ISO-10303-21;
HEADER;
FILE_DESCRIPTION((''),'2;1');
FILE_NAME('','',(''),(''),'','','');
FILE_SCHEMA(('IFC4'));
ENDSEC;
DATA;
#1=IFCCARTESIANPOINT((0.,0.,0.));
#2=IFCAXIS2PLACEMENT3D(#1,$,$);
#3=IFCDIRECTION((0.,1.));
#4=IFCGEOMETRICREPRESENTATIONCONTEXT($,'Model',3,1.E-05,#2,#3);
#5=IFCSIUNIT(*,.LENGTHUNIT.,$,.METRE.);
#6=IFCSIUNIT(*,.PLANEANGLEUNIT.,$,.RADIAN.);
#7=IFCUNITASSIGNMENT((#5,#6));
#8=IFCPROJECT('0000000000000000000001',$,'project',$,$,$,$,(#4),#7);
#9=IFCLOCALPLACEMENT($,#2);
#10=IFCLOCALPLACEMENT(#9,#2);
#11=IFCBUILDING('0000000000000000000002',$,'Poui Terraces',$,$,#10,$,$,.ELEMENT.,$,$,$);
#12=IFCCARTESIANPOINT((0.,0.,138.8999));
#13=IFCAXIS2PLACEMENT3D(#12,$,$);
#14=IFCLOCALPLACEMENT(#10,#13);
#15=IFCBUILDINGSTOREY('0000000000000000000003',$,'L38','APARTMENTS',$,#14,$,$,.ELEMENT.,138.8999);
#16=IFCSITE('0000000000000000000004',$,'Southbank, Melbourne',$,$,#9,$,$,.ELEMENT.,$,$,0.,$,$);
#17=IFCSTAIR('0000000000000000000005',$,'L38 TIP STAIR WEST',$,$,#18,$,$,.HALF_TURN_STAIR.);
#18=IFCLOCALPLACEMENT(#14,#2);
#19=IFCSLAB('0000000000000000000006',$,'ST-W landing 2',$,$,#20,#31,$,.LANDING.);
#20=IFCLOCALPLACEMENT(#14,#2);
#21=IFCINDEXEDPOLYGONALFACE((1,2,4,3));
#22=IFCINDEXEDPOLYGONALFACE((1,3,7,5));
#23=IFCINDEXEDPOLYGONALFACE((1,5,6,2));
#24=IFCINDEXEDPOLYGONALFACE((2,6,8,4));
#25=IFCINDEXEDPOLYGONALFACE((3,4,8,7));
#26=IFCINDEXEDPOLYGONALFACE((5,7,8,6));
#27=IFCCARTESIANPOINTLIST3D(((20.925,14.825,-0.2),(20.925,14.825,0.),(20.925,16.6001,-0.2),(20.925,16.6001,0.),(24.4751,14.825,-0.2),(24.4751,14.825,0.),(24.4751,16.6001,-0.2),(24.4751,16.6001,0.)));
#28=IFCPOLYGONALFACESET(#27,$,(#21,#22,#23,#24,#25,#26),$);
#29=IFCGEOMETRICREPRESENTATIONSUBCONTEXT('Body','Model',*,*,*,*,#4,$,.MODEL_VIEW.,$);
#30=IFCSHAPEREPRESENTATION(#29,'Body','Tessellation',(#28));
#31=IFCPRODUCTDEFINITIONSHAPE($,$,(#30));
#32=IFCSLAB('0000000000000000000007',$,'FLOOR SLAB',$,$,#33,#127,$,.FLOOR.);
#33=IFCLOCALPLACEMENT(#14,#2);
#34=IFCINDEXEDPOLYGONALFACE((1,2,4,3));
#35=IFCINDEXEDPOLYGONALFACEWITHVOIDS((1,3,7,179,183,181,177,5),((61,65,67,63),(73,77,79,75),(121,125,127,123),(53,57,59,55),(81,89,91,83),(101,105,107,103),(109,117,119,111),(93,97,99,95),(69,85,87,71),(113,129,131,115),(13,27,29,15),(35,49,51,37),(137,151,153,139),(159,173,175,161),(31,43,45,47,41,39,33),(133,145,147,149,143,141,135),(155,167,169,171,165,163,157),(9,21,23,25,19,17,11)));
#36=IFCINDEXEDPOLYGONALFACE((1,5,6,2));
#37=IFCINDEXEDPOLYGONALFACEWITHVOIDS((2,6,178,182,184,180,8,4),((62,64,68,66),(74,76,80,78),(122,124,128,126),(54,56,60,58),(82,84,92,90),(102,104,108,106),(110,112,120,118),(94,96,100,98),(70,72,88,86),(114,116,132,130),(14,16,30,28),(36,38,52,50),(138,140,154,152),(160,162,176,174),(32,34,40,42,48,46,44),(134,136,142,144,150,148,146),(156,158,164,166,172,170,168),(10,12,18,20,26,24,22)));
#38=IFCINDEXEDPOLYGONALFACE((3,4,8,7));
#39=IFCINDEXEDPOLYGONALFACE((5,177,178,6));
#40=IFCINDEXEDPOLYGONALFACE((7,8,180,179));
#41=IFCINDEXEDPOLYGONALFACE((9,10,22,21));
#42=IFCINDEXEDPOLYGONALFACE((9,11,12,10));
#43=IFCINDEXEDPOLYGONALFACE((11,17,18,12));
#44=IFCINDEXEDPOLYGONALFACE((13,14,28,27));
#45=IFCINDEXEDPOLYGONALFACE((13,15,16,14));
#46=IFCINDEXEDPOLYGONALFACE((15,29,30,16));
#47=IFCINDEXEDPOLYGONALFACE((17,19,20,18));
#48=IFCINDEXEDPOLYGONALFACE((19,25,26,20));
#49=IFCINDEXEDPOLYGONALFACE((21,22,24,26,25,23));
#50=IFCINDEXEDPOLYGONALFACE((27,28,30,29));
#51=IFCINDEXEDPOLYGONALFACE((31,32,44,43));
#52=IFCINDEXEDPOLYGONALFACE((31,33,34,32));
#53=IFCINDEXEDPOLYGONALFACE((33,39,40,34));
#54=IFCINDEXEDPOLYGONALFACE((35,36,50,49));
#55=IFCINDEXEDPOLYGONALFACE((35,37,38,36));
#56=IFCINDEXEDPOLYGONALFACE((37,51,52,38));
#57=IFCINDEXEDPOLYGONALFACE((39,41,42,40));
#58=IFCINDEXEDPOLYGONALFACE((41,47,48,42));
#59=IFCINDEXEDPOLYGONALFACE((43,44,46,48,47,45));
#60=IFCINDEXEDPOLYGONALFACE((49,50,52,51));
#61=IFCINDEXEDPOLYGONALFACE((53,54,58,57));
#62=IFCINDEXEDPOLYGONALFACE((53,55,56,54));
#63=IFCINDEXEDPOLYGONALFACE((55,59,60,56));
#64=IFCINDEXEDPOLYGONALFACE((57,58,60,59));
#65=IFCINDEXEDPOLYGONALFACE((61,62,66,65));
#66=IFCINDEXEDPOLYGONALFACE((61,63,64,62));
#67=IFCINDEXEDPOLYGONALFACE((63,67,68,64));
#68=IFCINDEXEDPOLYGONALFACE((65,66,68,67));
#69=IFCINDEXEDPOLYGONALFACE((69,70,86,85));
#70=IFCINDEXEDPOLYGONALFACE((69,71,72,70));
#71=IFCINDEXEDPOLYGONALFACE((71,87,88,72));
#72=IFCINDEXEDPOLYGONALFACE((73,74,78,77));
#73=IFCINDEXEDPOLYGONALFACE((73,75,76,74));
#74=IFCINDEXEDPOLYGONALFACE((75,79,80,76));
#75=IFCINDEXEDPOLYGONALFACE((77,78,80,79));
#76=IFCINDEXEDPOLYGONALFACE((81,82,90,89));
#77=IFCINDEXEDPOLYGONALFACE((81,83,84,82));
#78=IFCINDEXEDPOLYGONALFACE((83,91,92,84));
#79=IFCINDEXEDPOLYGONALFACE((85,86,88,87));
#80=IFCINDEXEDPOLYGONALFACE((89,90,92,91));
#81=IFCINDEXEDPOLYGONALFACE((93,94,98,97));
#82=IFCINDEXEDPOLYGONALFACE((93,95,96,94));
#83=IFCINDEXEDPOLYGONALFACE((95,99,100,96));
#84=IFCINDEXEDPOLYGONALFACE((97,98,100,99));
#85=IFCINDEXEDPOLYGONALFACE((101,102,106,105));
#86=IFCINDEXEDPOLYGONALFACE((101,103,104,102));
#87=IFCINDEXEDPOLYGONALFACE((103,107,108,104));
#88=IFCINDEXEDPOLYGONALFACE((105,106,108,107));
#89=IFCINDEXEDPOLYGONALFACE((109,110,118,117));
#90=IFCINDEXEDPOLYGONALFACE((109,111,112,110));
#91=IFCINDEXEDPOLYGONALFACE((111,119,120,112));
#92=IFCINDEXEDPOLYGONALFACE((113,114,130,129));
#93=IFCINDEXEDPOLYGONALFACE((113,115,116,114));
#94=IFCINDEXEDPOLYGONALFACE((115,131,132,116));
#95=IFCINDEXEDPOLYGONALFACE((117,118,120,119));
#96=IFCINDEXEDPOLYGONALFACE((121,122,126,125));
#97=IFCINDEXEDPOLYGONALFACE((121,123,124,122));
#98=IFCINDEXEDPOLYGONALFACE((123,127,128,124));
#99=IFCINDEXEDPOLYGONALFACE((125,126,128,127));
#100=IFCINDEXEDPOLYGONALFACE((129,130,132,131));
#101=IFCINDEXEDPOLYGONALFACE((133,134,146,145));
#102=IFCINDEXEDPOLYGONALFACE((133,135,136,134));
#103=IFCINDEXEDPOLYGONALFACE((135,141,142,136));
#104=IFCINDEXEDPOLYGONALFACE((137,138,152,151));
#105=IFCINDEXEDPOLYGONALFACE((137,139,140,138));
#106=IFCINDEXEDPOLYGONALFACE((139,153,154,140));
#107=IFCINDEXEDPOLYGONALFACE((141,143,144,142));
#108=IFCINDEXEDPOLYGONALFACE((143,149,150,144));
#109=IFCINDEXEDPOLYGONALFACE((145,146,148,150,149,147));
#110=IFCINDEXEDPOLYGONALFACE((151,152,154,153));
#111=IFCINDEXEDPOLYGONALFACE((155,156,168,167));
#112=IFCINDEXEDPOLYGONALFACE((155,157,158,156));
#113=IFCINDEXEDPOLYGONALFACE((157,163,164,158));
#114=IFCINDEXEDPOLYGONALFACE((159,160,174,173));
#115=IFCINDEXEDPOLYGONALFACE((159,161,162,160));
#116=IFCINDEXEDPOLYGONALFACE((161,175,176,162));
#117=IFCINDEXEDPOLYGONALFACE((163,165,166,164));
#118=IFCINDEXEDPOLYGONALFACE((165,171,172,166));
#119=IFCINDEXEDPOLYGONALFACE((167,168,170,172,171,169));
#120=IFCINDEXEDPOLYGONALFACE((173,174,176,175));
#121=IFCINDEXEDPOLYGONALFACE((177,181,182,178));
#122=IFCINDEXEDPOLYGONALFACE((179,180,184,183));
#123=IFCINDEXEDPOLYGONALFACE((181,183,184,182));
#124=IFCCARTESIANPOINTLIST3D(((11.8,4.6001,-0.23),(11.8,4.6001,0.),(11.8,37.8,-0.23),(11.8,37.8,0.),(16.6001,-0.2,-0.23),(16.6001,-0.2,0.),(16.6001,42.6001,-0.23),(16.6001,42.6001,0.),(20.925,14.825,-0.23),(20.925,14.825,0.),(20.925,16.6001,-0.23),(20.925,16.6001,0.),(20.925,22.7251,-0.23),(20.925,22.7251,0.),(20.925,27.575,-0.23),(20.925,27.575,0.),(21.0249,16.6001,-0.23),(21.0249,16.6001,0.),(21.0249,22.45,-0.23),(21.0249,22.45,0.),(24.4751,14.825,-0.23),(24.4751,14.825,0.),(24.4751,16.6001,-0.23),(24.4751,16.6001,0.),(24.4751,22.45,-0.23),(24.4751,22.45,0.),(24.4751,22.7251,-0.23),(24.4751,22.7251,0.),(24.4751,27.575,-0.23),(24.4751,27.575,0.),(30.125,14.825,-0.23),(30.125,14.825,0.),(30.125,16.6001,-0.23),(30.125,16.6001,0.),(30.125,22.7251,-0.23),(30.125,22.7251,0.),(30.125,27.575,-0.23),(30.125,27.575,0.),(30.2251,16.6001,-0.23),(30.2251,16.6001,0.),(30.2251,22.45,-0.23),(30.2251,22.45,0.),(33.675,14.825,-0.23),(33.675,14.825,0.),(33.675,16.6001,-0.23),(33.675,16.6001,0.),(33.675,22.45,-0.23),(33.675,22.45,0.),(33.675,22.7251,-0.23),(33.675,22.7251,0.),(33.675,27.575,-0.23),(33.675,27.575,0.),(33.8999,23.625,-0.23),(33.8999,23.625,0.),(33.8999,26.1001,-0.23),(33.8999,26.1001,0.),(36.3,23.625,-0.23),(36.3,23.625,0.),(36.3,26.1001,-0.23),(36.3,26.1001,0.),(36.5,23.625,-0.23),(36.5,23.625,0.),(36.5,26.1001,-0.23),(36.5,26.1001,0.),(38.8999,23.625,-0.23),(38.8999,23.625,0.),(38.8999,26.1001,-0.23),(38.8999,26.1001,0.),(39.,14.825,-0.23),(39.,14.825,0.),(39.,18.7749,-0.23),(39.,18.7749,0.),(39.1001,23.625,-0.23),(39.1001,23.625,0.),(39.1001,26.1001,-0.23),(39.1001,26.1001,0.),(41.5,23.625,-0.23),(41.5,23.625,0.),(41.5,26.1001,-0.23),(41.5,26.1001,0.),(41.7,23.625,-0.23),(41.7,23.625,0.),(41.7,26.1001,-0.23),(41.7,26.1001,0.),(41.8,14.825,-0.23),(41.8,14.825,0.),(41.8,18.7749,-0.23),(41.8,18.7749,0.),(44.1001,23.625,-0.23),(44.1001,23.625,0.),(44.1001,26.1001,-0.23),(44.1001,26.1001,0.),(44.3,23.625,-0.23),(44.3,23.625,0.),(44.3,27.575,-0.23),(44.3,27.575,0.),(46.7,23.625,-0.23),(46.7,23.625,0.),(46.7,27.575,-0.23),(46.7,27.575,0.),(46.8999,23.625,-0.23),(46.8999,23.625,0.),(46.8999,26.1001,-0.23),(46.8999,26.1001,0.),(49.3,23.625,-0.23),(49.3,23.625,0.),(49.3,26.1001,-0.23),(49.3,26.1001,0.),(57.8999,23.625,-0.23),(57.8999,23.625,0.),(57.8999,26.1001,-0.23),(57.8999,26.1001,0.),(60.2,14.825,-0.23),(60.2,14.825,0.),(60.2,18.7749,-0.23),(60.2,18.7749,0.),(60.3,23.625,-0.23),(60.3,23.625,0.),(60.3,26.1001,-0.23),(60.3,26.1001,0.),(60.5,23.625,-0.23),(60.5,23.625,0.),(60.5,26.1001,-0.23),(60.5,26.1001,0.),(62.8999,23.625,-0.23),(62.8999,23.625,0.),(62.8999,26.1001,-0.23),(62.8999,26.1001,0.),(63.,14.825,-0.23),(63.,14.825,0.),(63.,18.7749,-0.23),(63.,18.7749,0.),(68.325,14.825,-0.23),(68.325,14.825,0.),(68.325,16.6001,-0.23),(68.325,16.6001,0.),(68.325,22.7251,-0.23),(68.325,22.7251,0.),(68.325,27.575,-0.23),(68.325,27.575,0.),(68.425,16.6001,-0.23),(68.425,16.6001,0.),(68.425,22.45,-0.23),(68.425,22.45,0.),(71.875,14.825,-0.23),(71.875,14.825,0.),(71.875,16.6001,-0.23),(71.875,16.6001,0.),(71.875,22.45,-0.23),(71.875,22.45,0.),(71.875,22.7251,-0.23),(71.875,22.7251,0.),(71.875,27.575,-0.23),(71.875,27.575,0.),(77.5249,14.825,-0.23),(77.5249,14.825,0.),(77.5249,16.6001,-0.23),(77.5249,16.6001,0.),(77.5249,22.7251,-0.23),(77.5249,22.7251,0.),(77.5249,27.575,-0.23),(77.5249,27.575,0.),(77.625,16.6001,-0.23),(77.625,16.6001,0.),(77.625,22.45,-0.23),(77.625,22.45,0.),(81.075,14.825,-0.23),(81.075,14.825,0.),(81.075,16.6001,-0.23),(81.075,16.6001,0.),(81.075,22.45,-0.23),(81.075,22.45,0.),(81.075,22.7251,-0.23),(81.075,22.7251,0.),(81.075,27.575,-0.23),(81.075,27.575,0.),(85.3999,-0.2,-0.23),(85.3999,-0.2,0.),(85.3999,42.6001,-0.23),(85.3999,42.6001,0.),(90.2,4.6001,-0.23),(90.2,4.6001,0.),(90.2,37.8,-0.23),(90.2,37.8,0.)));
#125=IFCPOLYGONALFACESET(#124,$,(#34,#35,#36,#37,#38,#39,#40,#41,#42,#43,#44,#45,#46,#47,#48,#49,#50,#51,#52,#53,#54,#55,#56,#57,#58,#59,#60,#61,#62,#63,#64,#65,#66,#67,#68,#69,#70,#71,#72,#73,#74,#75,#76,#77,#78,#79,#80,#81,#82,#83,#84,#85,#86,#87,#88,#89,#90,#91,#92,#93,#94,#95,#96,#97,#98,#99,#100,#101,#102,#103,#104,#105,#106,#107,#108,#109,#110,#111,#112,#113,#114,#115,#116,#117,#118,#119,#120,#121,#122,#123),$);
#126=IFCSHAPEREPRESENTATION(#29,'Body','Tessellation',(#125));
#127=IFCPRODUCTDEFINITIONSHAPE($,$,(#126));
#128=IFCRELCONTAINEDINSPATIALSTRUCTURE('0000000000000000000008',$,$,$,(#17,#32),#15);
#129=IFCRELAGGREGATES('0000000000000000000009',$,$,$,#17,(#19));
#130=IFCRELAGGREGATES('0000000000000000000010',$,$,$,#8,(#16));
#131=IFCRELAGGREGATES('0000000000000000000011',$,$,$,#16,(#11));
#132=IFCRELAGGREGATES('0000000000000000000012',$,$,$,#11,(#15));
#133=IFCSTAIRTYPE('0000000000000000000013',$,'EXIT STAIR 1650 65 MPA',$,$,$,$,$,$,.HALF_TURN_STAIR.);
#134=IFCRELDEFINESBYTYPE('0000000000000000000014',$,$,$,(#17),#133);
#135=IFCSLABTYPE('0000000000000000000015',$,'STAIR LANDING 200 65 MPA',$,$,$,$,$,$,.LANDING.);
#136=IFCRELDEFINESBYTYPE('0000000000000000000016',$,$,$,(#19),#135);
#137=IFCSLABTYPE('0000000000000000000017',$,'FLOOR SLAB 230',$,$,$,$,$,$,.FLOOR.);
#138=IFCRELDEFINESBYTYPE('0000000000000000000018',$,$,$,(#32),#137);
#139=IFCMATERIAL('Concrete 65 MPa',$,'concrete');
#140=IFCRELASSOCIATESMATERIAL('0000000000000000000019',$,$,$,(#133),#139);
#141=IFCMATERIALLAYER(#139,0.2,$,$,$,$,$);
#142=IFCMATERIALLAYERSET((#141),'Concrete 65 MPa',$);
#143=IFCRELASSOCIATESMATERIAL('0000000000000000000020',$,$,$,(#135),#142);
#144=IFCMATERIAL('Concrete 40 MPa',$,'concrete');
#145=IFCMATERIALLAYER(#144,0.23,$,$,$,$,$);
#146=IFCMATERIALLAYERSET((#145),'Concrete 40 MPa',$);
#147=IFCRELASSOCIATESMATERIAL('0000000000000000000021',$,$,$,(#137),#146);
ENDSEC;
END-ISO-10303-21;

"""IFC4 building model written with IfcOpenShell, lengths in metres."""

from ifc_helpers import new_model, si_unit, direction, frame, origin, place, context, subcontext, project, spatial, polyline, outline, extrude, source, transform, mapped, material, layer, layer_set, type_object, element, aggregate, save


model = new_model("IFC4")

# Units and contexts
model_context = context("Model", 3, precision=1e-05, world=origin(), true_north=direction((0.0, 1.0)))
body_context = subcontext(model_context, "Body", "Model", "MODEL_VIEW")
ifc_project = project(units=[si_unit("LENGTHUNIT", "METRE"), si_unit("PLANEANGLEUNIT", "RADIAN")], contexts=[model_context])

# Site, building, storey
site_placement = place(None, origin())
site = spatial("IfcSite", under=ifc_project, at=site_placement, Name="Southbank, Melbourne", CompositionType="ELEMENT", RefElevation=0.0)
building_placement = place(site_placement, origin())
building = spatial("IfcBuilding", under=site, at=building_placement, Name="Poui Terraces", CompositionType="ELEMENT")
storey_placement = place(building_placement, frame((0.0, 0.0, 138.8999)))
storey = spatial("IfcBuildingStorey", under=building, at=storey_placement, Name="L38", Description="APARTMENTS", CompositionType="ELEMENT", Elevation=138.8999)

# Stair, slab
ifc_material_1 = material(Name="Concrete 65 MPa", Category="concrete")
stair_type = type_object("IfcStairType", Name="EXIT STAIR 1650 65 MPA", PredefinedType="HALF_TURN_STAIR", material=ifc_material_1)
stair_placement = place(storey_placement, origin())
stair = element("IfcStair", 1, at=stair_placement, inside=storey, type_object=stair_type, Name="L38 TIP STAIR WEST", PredefinedType="HALF_TURN_STAIR")
ifc_layer_1 = layer(ifc_material_1, 0.2)
ifc_layer_set_1 = layer_set([ifc_layer_1], Name="Concrete 65 MPa")
slab_type_1 = type_object("IfcSlabType", Name="STAIR LANDING 200 65 MPA", PredefinedType="LANDING", material=ifc_layer_set_1)
slab_1_placement = place(storey_placement, frame((0.0, 0.0, -0.2)))
slab_1 = element("IfcSlab", 2, at=slab_1_placement, type_object=slab_type_1, Name="ST-W landing 2", PredefinedType="LANDING", context=body_context, shape_type="SweptSolid", body=[
    extrude(outline(polyline([(20.925, 14.825), (24.4751, 14.825), (24.4751, 16.6001), (20.925, 16.6001), (20.925, 14.825)])), origin(), (0.0, 0.0, 1.0), 0.2),
])
aggregate(stair, [slab_1])

# Slab
ifc_material_2 = material(Name="Concrete 40 MPa", Category="concrete")
ifc_layer_2 = layer(ifc_material_2, 0.23)
ifc_layer_set_2 = layer_set([ifc_layer_2], Name="Concrete 40 MPa")
slab_type_2 = type_object("IfcSlabType", Name="FLOOR SLAB 230", PredefinedType="FLOOR", material=ifc_layer_set_2)
shared_shape = source(origin(), body_context, "Body", "SweptSolid", [
    extrude(outline(polyline([(0.0, 0.0), (4.8, -4.8), (73.5999, -4.8), (78.3999, 0.0), (78.3999, 33.2), (73.5999, 38.0), (4.8, 38.0), (0.0, 33.2), (0.0, 0.0)]), holes=[polyline([(27.2, 10.2249), (27.2, 14.1748), (30.0, 14.1748), (30.0, 10.2249), (27.2, 10.2249)]), polyline([(9.2249, 17.8499), (12.675, 17.8499), (12.675, 12.0), (12.675, 10.2249), (9.125, 10.2249), (9.125, 12.0), (9.2249, 12.0), (9.2249, 17.8499)]), polyline([(18.425, 17.8499), (21.875, 17.8499), (21.875, 12.0), (21.875, 10.2249), (18.325, 10.2249), (18.325, 12.0), (18.425, 12.0), (18.425, 17.8499)]), polyline([(22.0999, 19.0249), (22.0999, 21.5), (24.5, 21.5), (24.5, 19.0249), (22.0999, 19.0249)]), polyline([(24.7, 19.0249), (24.7, 21.5), (27.0999, 21.5), (27.0999, 19.0249), (24.7, 19.0249)]), polyline([(27.3, 19.0249), (27.3, 21.5), (29.7, 21.5), (29.7, 19.0249), (27.3, 19.0249)]), polyline([(29.8999, 19.0249), (29.8999, 21.5), (32.3, 21.5), (32.3, 19.0249), (29.8999, 19.0249)]), polyline([(9.125, 22.9749), (12.675, 22.9749), (12.675, 18.125), (9.125, 18.125), (9.125, 22.9749)]), polyline([(18.325, 22.9749), (21.875, 22.9749), (21.875, 18.125), (18.325, 18.125), (18.325, 22.9749)]), polyline([(48.3999, 10.2249), (48.3999, 14.1748), (51.2, 14.1748), (51.2, 10.2249), (48.3999, 10.2249)]), polyline([(56.625, 17.8499), (60.075, 17.8499), (60.075, 12.0), (60.075, 10.2249), (56.5249, 10.2249), (56.5249, 12.0), (56.625, 12.0), (56.625, 17.8499)]), polyline([(65.825, 17.8499), (69.2749, 17.8499), (69.2749, 12.0), (69.2749, 10.2249), (65.7249, 10.2249), (65.7249, 12.0), (65.825, 12.0), (65.825, 17.8499)]), polyline([(35.0999, 19.0249), (35.0999, 21.5), (37.5, 21.5), (37.5, 19.0249), (35.0999, 19.0249)]), polyline([(46.0999, 19.0249), (46.0999, 21.5), (48.5, 21.5), (48.5, 19.0249), (46.0999, 19.0249)]), polyline([(48.7, 19.0249), (48.7, 21.5), (51.0999, 21.5), (51.0999, 19.0249), (48.7, 19.0249)]), polyline([(56.5249, 18.125), (56.5249, 22.9749), (60.075, 22.9749), (60.075, 18.125), (56.5249, 18.125)]), polyline([(65.7249, 22.9749), (69.2749, 22.9749), (69.2749, 18.125), (65.7249, 18.125), (65.7249, 22.9749)]), polyline([(32.5, 22.9749), (34.8999, 22.9749), (34.8999, 19.0249), (32.5, 19.0249), (32.5, 22.9749)])]), origin(), (0.0, 0.0, 1.0), 0.23),
])
slab_2_placement = place(storey_placement, frame((11.8, 4.6001, -0.23)))
element("IfcSlab", 3, at=slab_2_placement, inside=storey, type_object=slab_type_2, Name="FLOOR SLAB", PredefinedType="FLOOR", context=body_context, shape_type="MappedRepresentation", body=[
    mapped(shared_shape, transform((0.0, 0.0, 0.0))),
])

save(model, "model.ifc")
